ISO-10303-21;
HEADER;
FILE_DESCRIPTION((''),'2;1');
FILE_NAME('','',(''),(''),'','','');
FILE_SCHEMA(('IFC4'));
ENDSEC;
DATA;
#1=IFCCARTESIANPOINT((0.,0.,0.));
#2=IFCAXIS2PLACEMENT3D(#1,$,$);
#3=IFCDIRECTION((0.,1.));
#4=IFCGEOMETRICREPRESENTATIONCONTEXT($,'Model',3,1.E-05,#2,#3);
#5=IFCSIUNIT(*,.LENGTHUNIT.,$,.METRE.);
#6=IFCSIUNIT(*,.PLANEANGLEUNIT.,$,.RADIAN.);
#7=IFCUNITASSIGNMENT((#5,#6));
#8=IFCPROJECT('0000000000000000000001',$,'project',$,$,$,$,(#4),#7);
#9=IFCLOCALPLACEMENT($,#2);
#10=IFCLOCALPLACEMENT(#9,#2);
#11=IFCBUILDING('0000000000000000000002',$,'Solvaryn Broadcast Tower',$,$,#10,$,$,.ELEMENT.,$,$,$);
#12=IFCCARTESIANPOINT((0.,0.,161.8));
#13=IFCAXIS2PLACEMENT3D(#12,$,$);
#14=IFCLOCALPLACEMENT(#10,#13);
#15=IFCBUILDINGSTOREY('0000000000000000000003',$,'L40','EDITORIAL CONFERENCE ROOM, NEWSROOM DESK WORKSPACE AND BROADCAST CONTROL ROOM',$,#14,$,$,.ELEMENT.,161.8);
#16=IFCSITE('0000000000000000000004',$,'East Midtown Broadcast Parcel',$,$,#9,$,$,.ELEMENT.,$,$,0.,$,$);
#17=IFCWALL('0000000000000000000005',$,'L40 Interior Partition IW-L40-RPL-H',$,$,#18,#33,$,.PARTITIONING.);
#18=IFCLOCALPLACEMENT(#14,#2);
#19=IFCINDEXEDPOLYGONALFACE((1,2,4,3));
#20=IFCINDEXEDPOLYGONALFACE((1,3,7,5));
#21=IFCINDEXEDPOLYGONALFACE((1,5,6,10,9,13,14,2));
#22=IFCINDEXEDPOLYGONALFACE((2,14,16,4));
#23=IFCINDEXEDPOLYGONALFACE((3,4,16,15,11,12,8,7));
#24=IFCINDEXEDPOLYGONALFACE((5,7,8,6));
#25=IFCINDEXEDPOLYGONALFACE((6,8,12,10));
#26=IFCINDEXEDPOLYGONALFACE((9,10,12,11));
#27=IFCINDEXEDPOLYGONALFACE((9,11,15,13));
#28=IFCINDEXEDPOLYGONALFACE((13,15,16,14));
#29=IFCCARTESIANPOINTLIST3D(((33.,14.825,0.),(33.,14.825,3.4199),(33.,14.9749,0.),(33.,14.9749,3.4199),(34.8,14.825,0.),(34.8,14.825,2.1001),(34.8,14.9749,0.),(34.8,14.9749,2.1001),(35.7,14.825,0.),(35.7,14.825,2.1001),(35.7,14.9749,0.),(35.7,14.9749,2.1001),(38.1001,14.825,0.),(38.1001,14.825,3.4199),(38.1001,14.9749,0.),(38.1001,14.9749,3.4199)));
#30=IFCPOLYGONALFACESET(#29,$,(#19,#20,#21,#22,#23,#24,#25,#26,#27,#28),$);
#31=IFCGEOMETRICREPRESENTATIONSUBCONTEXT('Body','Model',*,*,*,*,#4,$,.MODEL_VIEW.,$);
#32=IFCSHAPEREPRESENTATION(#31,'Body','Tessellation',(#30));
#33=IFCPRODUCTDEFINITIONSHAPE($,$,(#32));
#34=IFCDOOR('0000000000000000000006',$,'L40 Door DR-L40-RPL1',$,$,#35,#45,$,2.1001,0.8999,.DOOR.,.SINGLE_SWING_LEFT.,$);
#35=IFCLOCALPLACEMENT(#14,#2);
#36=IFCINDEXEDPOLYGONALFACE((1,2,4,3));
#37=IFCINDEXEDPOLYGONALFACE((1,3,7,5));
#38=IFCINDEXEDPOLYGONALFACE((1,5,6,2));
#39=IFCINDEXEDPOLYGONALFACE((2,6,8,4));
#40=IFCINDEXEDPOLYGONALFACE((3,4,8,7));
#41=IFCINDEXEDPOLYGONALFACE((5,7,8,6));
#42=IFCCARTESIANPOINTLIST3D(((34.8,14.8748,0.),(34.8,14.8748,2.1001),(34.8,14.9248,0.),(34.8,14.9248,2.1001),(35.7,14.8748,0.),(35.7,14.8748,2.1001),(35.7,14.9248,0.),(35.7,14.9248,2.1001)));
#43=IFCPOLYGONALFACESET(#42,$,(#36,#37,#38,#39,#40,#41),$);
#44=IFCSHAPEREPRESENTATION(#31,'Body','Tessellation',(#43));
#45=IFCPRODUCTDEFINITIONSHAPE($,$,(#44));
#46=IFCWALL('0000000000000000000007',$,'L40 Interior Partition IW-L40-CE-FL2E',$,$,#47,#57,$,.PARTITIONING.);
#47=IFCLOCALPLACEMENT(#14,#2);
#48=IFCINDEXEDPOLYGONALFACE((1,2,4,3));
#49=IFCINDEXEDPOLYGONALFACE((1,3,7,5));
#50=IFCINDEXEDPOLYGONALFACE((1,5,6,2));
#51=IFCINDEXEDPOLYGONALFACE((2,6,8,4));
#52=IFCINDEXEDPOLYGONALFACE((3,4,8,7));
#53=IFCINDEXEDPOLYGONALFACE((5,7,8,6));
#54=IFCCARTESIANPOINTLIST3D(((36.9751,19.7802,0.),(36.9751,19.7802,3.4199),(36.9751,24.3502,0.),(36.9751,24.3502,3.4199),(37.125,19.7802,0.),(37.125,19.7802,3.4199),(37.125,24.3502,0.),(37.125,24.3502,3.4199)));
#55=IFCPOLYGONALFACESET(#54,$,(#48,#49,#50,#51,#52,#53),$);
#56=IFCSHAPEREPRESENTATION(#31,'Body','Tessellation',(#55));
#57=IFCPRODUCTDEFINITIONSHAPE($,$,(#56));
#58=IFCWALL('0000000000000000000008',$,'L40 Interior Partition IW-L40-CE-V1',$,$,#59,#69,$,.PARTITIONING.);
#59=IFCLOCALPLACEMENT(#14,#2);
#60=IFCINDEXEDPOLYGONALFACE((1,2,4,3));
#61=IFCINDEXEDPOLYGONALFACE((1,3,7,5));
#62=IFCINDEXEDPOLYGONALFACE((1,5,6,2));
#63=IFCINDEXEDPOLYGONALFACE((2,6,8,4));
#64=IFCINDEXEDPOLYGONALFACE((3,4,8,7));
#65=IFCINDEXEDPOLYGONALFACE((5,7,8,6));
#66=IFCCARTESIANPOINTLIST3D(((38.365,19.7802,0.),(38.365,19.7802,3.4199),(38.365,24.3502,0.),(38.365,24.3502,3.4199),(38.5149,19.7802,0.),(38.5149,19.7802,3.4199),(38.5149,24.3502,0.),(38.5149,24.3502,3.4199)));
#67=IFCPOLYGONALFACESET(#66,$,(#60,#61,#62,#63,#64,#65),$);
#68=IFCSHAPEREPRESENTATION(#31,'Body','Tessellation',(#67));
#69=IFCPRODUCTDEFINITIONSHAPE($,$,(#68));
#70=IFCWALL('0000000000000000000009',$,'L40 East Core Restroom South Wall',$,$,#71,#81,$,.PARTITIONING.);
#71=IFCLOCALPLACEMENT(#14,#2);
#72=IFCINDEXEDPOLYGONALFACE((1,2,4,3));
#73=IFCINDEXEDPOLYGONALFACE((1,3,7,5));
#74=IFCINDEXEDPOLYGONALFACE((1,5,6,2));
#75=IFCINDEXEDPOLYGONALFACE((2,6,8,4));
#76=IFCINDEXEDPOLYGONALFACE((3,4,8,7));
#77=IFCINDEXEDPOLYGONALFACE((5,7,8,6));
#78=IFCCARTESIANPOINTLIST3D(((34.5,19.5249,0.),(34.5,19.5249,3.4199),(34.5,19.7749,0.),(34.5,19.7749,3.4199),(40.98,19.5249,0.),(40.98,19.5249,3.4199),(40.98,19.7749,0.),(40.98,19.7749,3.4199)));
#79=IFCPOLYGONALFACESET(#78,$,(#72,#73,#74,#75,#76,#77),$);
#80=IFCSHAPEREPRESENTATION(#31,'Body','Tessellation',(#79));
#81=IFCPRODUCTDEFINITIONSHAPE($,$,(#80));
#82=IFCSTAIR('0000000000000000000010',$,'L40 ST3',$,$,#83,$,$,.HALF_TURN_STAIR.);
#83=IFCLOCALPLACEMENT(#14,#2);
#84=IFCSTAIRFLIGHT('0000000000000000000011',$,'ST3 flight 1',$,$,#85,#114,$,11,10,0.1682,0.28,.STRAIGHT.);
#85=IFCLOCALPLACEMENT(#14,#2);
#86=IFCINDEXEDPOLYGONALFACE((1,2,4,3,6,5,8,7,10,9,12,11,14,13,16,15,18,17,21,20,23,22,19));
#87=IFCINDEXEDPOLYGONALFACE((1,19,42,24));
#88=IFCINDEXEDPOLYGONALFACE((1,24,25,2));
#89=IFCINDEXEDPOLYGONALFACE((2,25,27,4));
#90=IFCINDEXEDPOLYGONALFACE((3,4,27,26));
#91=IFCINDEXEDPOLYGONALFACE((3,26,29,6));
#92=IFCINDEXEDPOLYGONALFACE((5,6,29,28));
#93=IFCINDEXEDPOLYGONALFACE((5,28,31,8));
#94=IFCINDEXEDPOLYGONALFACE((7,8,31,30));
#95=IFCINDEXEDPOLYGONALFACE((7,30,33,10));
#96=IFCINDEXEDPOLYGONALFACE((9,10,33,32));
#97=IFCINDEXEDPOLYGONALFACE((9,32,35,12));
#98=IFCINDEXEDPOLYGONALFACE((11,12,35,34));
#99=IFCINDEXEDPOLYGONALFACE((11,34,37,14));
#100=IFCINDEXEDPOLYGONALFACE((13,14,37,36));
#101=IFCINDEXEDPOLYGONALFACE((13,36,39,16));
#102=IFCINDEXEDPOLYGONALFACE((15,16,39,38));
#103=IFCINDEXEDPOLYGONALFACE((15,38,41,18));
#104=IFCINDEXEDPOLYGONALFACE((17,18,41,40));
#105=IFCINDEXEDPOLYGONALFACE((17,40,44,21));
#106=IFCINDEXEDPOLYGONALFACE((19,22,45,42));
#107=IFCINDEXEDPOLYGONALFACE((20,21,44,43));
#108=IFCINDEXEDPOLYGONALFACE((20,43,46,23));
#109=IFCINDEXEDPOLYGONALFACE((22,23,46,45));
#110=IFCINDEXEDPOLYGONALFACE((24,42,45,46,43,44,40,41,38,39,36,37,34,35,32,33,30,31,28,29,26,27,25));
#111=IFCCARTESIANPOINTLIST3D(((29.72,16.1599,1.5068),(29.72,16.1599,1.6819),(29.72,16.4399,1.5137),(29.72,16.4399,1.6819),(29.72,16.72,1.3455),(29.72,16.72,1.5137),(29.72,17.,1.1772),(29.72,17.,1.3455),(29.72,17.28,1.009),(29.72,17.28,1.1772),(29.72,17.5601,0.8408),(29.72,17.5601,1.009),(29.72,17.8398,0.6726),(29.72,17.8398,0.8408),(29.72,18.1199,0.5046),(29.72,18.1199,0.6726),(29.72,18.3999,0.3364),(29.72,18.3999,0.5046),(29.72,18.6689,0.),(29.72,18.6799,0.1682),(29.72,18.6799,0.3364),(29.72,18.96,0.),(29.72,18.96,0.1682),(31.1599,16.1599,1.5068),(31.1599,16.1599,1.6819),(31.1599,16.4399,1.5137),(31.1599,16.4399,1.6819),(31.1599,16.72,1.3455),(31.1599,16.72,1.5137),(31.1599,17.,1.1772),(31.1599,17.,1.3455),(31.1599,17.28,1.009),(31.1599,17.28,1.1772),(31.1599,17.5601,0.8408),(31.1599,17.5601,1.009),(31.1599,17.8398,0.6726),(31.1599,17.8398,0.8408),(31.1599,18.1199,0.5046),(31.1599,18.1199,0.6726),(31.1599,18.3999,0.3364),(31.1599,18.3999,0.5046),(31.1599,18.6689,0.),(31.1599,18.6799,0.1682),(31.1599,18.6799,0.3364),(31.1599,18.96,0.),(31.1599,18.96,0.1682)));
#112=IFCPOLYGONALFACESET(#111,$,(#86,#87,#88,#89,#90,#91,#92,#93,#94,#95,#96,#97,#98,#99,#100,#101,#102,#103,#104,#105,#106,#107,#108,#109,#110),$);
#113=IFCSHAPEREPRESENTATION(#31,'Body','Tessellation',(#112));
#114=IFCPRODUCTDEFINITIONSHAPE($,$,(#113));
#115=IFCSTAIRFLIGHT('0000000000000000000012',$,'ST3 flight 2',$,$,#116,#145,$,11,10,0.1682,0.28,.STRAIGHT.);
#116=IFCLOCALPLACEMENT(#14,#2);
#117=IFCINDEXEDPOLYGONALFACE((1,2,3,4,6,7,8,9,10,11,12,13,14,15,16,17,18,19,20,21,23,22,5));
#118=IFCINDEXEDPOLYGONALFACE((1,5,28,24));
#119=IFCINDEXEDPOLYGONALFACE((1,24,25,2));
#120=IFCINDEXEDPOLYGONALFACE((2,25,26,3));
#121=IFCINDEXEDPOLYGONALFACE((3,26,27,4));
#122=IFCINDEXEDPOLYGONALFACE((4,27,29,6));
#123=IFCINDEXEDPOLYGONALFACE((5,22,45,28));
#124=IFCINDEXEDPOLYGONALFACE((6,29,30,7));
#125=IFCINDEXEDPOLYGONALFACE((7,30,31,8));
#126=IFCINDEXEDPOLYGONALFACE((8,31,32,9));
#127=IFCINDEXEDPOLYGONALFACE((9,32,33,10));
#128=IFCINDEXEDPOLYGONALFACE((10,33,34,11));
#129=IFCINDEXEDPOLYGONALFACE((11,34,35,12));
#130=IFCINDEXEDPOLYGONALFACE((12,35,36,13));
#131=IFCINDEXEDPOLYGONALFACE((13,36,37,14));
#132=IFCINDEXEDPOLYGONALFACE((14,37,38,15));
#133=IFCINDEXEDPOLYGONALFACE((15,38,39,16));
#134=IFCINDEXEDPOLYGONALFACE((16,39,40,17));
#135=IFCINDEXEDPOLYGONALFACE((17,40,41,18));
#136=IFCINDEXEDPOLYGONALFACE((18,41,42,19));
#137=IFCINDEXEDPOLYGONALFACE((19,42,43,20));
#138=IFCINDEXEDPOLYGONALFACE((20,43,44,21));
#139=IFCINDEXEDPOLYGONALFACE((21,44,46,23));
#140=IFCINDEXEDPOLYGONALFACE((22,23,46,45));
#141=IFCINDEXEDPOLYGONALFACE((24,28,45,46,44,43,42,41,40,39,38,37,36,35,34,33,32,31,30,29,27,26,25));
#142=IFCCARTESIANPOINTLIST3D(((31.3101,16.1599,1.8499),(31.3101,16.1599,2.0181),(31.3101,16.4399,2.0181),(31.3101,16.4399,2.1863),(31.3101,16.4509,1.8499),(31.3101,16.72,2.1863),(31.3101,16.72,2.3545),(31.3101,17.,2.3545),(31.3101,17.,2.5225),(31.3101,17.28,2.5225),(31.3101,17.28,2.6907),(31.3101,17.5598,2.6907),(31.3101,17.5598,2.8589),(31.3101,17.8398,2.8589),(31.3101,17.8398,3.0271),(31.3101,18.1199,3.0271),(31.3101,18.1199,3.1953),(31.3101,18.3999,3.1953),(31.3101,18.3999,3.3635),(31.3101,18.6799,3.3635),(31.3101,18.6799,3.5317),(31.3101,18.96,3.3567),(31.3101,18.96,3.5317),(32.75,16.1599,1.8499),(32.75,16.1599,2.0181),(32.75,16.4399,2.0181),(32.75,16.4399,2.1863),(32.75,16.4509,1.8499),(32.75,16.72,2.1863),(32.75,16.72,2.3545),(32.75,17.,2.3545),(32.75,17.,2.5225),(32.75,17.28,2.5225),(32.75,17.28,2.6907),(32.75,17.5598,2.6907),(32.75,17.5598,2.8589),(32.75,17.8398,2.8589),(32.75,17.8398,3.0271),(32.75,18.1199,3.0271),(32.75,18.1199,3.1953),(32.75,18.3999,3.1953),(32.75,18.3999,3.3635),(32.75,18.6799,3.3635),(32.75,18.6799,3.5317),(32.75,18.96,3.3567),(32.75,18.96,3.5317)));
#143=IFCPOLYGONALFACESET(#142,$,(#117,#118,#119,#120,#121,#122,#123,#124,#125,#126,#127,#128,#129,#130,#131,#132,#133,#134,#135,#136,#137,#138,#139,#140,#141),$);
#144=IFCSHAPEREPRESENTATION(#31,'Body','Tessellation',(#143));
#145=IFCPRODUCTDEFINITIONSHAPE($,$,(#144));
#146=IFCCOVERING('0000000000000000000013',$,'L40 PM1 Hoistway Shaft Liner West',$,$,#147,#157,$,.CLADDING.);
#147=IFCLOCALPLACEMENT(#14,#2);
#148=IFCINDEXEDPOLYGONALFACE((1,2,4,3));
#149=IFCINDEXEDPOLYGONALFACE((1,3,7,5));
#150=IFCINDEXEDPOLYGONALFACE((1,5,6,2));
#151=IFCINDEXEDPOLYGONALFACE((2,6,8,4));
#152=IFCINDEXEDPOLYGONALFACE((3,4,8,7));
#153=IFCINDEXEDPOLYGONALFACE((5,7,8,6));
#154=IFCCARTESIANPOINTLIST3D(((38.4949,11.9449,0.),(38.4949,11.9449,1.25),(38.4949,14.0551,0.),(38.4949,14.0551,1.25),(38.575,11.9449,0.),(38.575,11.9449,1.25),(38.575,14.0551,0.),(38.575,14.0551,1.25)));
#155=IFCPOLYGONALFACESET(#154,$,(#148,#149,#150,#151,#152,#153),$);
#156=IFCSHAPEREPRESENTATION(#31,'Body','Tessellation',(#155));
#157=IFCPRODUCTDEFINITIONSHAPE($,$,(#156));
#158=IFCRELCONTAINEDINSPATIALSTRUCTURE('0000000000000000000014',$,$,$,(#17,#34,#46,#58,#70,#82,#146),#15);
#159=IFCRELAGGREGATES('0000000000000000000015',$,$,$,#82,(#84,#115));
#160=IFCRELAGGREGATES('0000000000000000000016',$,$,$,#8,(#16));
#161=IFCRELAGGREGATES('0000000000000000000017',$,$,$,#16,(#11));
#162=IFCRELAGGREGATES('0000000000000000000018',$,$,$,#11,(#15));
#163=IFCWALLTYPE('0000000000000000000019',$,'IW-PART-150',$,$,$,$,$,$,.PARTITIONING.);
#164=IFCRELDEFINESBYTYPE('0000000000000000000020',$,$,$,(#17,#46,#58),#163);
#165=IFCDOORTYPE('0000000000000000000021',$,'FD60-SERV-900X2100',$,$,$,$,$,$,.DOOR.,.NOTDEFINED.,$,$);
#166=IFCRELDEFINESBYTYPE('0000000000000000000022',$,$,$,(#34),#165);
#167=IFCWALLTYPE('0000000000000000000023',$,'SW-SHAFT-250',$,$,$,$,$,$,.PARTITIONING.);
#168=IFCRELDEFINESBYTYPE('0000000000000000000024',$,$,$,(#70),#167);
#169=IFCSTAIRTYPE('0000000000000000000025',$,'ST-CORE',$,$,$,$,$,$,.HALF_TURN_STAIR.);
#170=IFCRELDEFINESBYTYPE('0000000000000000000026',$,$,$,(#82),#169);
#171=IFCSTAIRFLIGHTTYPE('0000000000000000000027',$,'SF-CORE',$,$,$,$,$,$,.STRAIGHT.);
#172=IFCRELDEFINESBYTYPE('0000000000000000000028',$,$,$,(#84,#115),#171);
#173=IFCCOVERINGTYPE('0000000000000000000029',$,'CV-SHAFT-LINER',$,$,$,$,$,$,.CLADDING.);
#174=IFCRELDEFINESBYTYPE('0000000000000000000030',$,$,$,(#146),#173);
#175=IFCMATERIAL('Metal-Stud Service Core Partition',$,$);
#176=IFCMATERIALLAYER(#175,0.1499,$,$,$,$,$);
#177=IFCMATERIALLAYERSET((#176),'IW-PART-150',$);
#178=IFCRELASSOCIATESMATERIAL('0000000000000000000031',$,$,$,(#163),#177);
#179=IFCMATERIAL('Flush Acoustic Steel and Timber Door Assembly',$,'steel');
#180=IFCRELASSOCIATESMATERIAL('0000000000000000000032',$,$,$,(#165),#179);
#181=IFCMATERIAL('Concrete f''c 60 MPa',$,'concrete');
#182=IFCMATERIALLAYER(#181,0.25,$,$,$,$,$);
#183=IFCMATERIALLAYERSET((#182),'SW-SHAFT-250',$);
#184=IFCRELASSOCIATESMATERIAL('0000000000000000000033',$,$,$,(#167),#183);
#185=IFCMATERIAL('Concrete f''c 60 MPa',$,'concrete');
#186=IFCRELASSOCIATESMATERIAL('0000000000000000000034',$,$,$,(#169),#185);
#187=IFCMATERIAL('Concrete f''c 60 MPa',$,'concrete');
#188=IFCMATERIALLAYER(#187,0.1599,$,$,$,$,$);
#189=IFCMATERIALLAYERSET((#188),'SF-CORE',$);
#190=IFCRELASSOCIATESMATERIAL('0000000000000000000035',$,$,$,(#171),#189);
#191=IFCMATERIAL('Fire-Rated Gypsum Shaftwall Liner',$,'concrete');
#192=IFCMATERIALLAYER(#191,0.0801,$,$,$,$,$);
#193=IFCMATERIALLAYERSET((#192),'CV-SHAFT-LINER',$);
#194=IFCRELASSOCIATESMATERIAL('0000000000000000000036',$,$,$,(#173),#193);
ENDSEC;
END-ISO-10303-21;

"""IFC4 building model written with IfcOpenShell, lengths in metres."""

from ifc_helpers import new_model, si_unit, direction, frame, frame_2d, origin, origin_2d, place, context, subcontext, project, spatial, polyline, rectangle, outline, extrude, material, layer, layer_set, type_object, element, fill, aggregate, save


model = new_model("IFC4")

# Units and contexts
model_context = context("Model", 3, precision=1e-05, world=origin(), true_north=direction((0.0, 1.0)))
body_context = subcontext(model_context, "Body", "Model", "MODEL_VIEW")
ifc_project = project(units=[si_unit("LENGTHUNIT", "METRE"), si_unit("PLANEANGLEUNIT", "RADIAN")], contexts=[model_context])

# Site, building, storey
site_placement = place(None, origin())
site = spatial("IfcSite", under=ifc_project, at=site_placement, Name="East Midtown Broadcast Parcel", CompositionType="ELEMENT", RefElevation=0.0)
building_placement = place(site_placement, origin())
building = spatial("IfcBuilding", under=site, at=building_placement, Name="Solvaryn Broadcast Tower", CompositionType="ELEMENT")
storey_placement = place(building_placement, frame((0.0, 0.0, 161.8)))
storey = spatial("IfcBuildingStorey", under=building, at=storey_placement, Name="L40", Description="EDITORIAL CONFERENCE ROOM, NEWSROOM DESK WORKSPACE AND BROADCAST CONTROL ROOM", CompositionType="ELEMENT", Elevation=161.8)

# Wall, opening, door
ifc_material_1 = material(Name="Metal-Stud Service Core Partition")
ifc_layer_1 = layer(ifc_material_1, 0.1499)
ifc_layer_set_1 = layer_set([ifc_layer_1], Name="IW-PART-150")
wall_type_1 = type_object("IfcWallType", Name="IW-PART-150", PredefinedType="PARTITIONING", material=ifc_layer_set_1)
wall_1_placement = place(storey_placement, frame((33.0, 14.8999, 0.0), z_axis=(0.0, 0.0, 1.0), x_axis=(1.0, 0.0, 0.0)))
wall_1 = element("IfcWall", 1, at=wall_1_placement, inside=storey, type_object=wall_type_1, Name="L40 Interior Partition IW-L40-RPL-H", PredefinedType="PARTITIONING", context=body_context, shape_type="SweptSolid", body=[
    extrude(rectangle(XDim=5.1001, YDim=0.1499, at=frame_2d((2.55, 0.0))), origin(), (0.0, 0.0, 1.0), 3.4199),
])
opening_1_placement = place(wall_1_placement, frame((1.8, 0.0, 0.0)))
opening_1 = element("IfcOpeningElement", 2, at=opening_1_placement, cuts=wall_1, PredefinedType="OPENING", context=body_context, shape_type="SweptSolid", body=[
    extrude(rectangle(XDim=0.8999, YDim=2.1001, at=frame_2d((0.45, 1.05))), frame((0.0, 0.085, 0.0), z_axis=(0.0, -1.0, 0.0), x_axis=(1.0, 0.0, 0.0)), (0.0, 0.0, 1.0), 0.1699),
])
ifc_material_2 = material(Name="Flush Acoustic Steel and Timber Door Assembly", Category="steel")
door_type_1 = type_object("IfcDoorType", Name="FD60-SERV-900X2100", OperationType="NOTDEFINED", PredefinedType="DOOR", material=ifc_material_2)
door_1_placement = place(opening_1_placement, origin())
door_1 = element("IfcDoor", 3, at=door_1_placement, inside=storey, type_object=door_type_1, Name="L40 Door DR-L40-RPL1", OperationType="SINGLE_SWING_LEFT", OverallHeight=2.1001, OverallWidth=0.8999, PredefinedType="DOOR", context=body_context, shape_type="SweptSolid", body=[
    extrude(rectangle(XDim=0.8999, YDim=2.1001, at=frame_2d((0.45, 1.05))), frame((0.0, 0.0249, 0.0), z_axis=(0.0, -1.0, 0.0), x_axis=(1.0, 0.0, 0.0)), (0.0, 0.0, 1.0), 0.05),
])
fill(opening_1, door_1)

# Walls
for number, where, z_axis, x_axis, name in (
    (4, (37.05, 19.78, 0.0), (0.0, 0.0, 1.0), (0.0, 1.0, 0.0), "L40 Interior Partition IW-L40-CE-FL2E"),
    (5, (38.4399, 19.78, 0.0), (0.0, 0.0, 1.0), (0.0, 1.0, 0.0), "L40 Interior Partition IW-L40-CE-V1"),
):
    element("IfcWall", number, at=place(storey_placement, frame(where, z_axis=z_axis, x_axis=x_axis)), inside=storey, type_object=wall_type_1, Name=name, PredefinedType="PARTITIONING", context=body_context, shape_type="SweptSolid", body=[
        extrude(rectangle(XDim=4.5701, YDim=0.1499, at=frame_2d((2.2852, 0.0))), origin(), (0.0, 0.0, 1.0), 3.4199),
    ])
ifc_material_3 = material(Name="Concrete f'c 60 MPa", Category="concrete")
ifc_layer_2 = layer(ifc_material_3, 0.25)
ifc_layer_set_2 = layer_set([ifc_layer_2], Name="SW-SHAFT-250")
wall_type_2 = type_object("IfcWallType", Name="SW-SHAFT-250", PredefinedType="PARTITIONING", material=ifc_layer_set_2)
wall_2_placement = place(storey_placement, frame((34.5, 19.6499, 0.0), z_axis=(0.0, 0.0, 1.0), x_axis=(1.0, 0.0, 0.0)))
element("IfcWall", 6, at=wall_2_placement, inside=storey, type_object=wall_type_2, Name="L40 East Core Restroom South Wall", PredefinedType="PARTITIONING", context=body_context, shape_type="SweptSolid", body=[
    extrude(rectangle(XDim=6.48, YDim=0.25, at=frame_2d((3.24, 0.0))), origin(), (0.0, 0.0, 1.0), 3.4199),
])

# Stair, stair flights
ifc_material_4 = material(Name="Concrete f'c 60 MPa", Category="concrete")
stair_type = type_object("IfcStairType", Name="ST-CORE", PredefinedType="HALF_TURN_STAIR", material=ifc_material_4)
stair_placement = place(storey_placement, origin())
stair = element("IfcStair", 7, at=stair_placement, inside=storey, type_object=stair_type, Name="L40 ST3", PredefinedType="HALF_TURN_STAIR")
ifc_material_5 = material(Name="Concrete f'c 60 MPa", Category="concrete")
ifc_layer_3 = layer(ifc_material_5, 0.1599)
ifc_layer_set_3 = layer_set([ifc_layer_3], Name="SF-CORE")
stair_flight_type = type_object("IfcStairFlightType", Name="SF-CORE", PredefinedType="STRAIGHT", material=ifc_layer_set_3)
stair_flight_1_placement = place(storey_placement, frame((30.4399, 18.96, 0.0), z_axis=(0.0, 0.0, 1.0), x_axis=(0.0, -1.0, 0.0)))
stair_flight_1 = element("IfcStairFlight", 8, at=stair_flight_1_placement, type_object=stair_flight_type, Name="ST3 flight 1", NumberOfRisers=11, NumberOfTreads=10, PredefinedType="STRAIGHT", RiserHeight=0.1682, TreadLength=0.28, context=body_context, shape_type="SweptSolid", body=[
    extrude(outline(polyline([(0.0, 0.0), (0.0, 0.1682), (0.28, 0.1682), (0.28, 0.3364), (0.5601, 0.3364), (0.5601, 0.5046), (0.8401, 0.5046), (0.8401, 0.6726), (1.1201, 0.6726), (1.1201, 0.8408), (1.3999, 0.8408), (1.3999, 1.009), (1.6799, 1.009), (1.6799, 1.1772), (1.96, 1.1772), (1.96, 1.3455), (2.24, 1.3455), (2.24, 1.5137), (2.52, 1.5137), (2.52, 1.6819), (2.8, 1.6819), (2.8, 1.8501), (2.8, 1.5068), (0.291, 0.0), (0.0, 0.0)])), frame((0.0, 0.72, 0.0), z_axis=(0.0, -1.0, 0.0), x_axis=(1.0, 0.0, 0.0)), (0.0, 0.0, 1.0), 1.4399),
])
stair_flight_2_placement = place(storey_placement, frame((32.03, 16.1599, 1.8499), z_axis=(0.0, 0.0, 1.0), x_axis=(0.0, 1.0, 0.0)))
stair_flight_2 = element("IfcStairFlight", 9, at=stair_flight_2_placement, type_object=stair_flight_type, Name="ST3 flight 2", NumberOfRisers=11, NumberOfTreads=10, PredefinedType="STRAIGHT", RiserHeight=0.1682, TreadLength=0.28, context=body_context, shape_type="SweptSolid", body=[
    extrude(outline(polyline([(0.0, 0.0), (0.0, 0.1682), (0.28, 0.1682), (0.28, 0.3364), (0.5601, 0.3364), (0.5601, 0.5046), (0.8401, 0.5046), (0.8401, 0.6726), (1.1201, 0.6726), (1.1201, 0.8408), (1.3999, 0.8408), (1.3999, 1.009), (1.6799, 1.009), (1.6799, 1.1772), (1.96, 1.1772), (1.96, 1.3455), (2.24, 1.3455), (2.24, 1.5137), (2.52, 1.5137), (2.52, 1.6819), (2.8, 1.6819), (2.8, 1.8501), (2.8, 1.5068), (0.291, 0.0), (0.0, 0.0)])), frame((0.0, 0.72, 0.0), z_axis=(0.0, -1.0, 0.0), x_axis=(1.0, 0.0, 0.0)), (0.0, 0.0, 1.0), 1.4399),
])
aggregate(stair, [stair_flight_1, stair_flight_2])

# Covering
ifc_material_6 = material(Name="Fire-Rated Gypsum Shaftwall Liner", Category="concrete")
ifc_layer_4 = layer(ifc_material_6, 0.0801)
ifc_layer_set_4 = layer_set([ifc_layer_4], Name="CV-SHAFT-LINER")
covering_type = type_object("IfcCoveringType", Name="CV-SHAFT-LINER", PredefinedType="CLADDING", material=ifc_layer_set_4)
covering_placement = place(storey_placement, frame((38.5349, 13.0, 0.0), z_axis=(0.0, 0.0, 1.0), x_axis=(1.0, 0.0, 0.0)))
element("IfcCovering", 10, at=covering_placement, inside=storey, type_object=covering_type, Name="L40 PM1 Hoistway Shaft Liner West", PredefinedType="CLADDING", context=body_context, shape_type="SweptSolid", body=[
    extrude(rectangle(XDim=0.0801, YDim=2.1101, at=origin_2d()), origin(), (0.0, 0.0, 1.0), 1.25),
])

save(model, "model.ifc")
